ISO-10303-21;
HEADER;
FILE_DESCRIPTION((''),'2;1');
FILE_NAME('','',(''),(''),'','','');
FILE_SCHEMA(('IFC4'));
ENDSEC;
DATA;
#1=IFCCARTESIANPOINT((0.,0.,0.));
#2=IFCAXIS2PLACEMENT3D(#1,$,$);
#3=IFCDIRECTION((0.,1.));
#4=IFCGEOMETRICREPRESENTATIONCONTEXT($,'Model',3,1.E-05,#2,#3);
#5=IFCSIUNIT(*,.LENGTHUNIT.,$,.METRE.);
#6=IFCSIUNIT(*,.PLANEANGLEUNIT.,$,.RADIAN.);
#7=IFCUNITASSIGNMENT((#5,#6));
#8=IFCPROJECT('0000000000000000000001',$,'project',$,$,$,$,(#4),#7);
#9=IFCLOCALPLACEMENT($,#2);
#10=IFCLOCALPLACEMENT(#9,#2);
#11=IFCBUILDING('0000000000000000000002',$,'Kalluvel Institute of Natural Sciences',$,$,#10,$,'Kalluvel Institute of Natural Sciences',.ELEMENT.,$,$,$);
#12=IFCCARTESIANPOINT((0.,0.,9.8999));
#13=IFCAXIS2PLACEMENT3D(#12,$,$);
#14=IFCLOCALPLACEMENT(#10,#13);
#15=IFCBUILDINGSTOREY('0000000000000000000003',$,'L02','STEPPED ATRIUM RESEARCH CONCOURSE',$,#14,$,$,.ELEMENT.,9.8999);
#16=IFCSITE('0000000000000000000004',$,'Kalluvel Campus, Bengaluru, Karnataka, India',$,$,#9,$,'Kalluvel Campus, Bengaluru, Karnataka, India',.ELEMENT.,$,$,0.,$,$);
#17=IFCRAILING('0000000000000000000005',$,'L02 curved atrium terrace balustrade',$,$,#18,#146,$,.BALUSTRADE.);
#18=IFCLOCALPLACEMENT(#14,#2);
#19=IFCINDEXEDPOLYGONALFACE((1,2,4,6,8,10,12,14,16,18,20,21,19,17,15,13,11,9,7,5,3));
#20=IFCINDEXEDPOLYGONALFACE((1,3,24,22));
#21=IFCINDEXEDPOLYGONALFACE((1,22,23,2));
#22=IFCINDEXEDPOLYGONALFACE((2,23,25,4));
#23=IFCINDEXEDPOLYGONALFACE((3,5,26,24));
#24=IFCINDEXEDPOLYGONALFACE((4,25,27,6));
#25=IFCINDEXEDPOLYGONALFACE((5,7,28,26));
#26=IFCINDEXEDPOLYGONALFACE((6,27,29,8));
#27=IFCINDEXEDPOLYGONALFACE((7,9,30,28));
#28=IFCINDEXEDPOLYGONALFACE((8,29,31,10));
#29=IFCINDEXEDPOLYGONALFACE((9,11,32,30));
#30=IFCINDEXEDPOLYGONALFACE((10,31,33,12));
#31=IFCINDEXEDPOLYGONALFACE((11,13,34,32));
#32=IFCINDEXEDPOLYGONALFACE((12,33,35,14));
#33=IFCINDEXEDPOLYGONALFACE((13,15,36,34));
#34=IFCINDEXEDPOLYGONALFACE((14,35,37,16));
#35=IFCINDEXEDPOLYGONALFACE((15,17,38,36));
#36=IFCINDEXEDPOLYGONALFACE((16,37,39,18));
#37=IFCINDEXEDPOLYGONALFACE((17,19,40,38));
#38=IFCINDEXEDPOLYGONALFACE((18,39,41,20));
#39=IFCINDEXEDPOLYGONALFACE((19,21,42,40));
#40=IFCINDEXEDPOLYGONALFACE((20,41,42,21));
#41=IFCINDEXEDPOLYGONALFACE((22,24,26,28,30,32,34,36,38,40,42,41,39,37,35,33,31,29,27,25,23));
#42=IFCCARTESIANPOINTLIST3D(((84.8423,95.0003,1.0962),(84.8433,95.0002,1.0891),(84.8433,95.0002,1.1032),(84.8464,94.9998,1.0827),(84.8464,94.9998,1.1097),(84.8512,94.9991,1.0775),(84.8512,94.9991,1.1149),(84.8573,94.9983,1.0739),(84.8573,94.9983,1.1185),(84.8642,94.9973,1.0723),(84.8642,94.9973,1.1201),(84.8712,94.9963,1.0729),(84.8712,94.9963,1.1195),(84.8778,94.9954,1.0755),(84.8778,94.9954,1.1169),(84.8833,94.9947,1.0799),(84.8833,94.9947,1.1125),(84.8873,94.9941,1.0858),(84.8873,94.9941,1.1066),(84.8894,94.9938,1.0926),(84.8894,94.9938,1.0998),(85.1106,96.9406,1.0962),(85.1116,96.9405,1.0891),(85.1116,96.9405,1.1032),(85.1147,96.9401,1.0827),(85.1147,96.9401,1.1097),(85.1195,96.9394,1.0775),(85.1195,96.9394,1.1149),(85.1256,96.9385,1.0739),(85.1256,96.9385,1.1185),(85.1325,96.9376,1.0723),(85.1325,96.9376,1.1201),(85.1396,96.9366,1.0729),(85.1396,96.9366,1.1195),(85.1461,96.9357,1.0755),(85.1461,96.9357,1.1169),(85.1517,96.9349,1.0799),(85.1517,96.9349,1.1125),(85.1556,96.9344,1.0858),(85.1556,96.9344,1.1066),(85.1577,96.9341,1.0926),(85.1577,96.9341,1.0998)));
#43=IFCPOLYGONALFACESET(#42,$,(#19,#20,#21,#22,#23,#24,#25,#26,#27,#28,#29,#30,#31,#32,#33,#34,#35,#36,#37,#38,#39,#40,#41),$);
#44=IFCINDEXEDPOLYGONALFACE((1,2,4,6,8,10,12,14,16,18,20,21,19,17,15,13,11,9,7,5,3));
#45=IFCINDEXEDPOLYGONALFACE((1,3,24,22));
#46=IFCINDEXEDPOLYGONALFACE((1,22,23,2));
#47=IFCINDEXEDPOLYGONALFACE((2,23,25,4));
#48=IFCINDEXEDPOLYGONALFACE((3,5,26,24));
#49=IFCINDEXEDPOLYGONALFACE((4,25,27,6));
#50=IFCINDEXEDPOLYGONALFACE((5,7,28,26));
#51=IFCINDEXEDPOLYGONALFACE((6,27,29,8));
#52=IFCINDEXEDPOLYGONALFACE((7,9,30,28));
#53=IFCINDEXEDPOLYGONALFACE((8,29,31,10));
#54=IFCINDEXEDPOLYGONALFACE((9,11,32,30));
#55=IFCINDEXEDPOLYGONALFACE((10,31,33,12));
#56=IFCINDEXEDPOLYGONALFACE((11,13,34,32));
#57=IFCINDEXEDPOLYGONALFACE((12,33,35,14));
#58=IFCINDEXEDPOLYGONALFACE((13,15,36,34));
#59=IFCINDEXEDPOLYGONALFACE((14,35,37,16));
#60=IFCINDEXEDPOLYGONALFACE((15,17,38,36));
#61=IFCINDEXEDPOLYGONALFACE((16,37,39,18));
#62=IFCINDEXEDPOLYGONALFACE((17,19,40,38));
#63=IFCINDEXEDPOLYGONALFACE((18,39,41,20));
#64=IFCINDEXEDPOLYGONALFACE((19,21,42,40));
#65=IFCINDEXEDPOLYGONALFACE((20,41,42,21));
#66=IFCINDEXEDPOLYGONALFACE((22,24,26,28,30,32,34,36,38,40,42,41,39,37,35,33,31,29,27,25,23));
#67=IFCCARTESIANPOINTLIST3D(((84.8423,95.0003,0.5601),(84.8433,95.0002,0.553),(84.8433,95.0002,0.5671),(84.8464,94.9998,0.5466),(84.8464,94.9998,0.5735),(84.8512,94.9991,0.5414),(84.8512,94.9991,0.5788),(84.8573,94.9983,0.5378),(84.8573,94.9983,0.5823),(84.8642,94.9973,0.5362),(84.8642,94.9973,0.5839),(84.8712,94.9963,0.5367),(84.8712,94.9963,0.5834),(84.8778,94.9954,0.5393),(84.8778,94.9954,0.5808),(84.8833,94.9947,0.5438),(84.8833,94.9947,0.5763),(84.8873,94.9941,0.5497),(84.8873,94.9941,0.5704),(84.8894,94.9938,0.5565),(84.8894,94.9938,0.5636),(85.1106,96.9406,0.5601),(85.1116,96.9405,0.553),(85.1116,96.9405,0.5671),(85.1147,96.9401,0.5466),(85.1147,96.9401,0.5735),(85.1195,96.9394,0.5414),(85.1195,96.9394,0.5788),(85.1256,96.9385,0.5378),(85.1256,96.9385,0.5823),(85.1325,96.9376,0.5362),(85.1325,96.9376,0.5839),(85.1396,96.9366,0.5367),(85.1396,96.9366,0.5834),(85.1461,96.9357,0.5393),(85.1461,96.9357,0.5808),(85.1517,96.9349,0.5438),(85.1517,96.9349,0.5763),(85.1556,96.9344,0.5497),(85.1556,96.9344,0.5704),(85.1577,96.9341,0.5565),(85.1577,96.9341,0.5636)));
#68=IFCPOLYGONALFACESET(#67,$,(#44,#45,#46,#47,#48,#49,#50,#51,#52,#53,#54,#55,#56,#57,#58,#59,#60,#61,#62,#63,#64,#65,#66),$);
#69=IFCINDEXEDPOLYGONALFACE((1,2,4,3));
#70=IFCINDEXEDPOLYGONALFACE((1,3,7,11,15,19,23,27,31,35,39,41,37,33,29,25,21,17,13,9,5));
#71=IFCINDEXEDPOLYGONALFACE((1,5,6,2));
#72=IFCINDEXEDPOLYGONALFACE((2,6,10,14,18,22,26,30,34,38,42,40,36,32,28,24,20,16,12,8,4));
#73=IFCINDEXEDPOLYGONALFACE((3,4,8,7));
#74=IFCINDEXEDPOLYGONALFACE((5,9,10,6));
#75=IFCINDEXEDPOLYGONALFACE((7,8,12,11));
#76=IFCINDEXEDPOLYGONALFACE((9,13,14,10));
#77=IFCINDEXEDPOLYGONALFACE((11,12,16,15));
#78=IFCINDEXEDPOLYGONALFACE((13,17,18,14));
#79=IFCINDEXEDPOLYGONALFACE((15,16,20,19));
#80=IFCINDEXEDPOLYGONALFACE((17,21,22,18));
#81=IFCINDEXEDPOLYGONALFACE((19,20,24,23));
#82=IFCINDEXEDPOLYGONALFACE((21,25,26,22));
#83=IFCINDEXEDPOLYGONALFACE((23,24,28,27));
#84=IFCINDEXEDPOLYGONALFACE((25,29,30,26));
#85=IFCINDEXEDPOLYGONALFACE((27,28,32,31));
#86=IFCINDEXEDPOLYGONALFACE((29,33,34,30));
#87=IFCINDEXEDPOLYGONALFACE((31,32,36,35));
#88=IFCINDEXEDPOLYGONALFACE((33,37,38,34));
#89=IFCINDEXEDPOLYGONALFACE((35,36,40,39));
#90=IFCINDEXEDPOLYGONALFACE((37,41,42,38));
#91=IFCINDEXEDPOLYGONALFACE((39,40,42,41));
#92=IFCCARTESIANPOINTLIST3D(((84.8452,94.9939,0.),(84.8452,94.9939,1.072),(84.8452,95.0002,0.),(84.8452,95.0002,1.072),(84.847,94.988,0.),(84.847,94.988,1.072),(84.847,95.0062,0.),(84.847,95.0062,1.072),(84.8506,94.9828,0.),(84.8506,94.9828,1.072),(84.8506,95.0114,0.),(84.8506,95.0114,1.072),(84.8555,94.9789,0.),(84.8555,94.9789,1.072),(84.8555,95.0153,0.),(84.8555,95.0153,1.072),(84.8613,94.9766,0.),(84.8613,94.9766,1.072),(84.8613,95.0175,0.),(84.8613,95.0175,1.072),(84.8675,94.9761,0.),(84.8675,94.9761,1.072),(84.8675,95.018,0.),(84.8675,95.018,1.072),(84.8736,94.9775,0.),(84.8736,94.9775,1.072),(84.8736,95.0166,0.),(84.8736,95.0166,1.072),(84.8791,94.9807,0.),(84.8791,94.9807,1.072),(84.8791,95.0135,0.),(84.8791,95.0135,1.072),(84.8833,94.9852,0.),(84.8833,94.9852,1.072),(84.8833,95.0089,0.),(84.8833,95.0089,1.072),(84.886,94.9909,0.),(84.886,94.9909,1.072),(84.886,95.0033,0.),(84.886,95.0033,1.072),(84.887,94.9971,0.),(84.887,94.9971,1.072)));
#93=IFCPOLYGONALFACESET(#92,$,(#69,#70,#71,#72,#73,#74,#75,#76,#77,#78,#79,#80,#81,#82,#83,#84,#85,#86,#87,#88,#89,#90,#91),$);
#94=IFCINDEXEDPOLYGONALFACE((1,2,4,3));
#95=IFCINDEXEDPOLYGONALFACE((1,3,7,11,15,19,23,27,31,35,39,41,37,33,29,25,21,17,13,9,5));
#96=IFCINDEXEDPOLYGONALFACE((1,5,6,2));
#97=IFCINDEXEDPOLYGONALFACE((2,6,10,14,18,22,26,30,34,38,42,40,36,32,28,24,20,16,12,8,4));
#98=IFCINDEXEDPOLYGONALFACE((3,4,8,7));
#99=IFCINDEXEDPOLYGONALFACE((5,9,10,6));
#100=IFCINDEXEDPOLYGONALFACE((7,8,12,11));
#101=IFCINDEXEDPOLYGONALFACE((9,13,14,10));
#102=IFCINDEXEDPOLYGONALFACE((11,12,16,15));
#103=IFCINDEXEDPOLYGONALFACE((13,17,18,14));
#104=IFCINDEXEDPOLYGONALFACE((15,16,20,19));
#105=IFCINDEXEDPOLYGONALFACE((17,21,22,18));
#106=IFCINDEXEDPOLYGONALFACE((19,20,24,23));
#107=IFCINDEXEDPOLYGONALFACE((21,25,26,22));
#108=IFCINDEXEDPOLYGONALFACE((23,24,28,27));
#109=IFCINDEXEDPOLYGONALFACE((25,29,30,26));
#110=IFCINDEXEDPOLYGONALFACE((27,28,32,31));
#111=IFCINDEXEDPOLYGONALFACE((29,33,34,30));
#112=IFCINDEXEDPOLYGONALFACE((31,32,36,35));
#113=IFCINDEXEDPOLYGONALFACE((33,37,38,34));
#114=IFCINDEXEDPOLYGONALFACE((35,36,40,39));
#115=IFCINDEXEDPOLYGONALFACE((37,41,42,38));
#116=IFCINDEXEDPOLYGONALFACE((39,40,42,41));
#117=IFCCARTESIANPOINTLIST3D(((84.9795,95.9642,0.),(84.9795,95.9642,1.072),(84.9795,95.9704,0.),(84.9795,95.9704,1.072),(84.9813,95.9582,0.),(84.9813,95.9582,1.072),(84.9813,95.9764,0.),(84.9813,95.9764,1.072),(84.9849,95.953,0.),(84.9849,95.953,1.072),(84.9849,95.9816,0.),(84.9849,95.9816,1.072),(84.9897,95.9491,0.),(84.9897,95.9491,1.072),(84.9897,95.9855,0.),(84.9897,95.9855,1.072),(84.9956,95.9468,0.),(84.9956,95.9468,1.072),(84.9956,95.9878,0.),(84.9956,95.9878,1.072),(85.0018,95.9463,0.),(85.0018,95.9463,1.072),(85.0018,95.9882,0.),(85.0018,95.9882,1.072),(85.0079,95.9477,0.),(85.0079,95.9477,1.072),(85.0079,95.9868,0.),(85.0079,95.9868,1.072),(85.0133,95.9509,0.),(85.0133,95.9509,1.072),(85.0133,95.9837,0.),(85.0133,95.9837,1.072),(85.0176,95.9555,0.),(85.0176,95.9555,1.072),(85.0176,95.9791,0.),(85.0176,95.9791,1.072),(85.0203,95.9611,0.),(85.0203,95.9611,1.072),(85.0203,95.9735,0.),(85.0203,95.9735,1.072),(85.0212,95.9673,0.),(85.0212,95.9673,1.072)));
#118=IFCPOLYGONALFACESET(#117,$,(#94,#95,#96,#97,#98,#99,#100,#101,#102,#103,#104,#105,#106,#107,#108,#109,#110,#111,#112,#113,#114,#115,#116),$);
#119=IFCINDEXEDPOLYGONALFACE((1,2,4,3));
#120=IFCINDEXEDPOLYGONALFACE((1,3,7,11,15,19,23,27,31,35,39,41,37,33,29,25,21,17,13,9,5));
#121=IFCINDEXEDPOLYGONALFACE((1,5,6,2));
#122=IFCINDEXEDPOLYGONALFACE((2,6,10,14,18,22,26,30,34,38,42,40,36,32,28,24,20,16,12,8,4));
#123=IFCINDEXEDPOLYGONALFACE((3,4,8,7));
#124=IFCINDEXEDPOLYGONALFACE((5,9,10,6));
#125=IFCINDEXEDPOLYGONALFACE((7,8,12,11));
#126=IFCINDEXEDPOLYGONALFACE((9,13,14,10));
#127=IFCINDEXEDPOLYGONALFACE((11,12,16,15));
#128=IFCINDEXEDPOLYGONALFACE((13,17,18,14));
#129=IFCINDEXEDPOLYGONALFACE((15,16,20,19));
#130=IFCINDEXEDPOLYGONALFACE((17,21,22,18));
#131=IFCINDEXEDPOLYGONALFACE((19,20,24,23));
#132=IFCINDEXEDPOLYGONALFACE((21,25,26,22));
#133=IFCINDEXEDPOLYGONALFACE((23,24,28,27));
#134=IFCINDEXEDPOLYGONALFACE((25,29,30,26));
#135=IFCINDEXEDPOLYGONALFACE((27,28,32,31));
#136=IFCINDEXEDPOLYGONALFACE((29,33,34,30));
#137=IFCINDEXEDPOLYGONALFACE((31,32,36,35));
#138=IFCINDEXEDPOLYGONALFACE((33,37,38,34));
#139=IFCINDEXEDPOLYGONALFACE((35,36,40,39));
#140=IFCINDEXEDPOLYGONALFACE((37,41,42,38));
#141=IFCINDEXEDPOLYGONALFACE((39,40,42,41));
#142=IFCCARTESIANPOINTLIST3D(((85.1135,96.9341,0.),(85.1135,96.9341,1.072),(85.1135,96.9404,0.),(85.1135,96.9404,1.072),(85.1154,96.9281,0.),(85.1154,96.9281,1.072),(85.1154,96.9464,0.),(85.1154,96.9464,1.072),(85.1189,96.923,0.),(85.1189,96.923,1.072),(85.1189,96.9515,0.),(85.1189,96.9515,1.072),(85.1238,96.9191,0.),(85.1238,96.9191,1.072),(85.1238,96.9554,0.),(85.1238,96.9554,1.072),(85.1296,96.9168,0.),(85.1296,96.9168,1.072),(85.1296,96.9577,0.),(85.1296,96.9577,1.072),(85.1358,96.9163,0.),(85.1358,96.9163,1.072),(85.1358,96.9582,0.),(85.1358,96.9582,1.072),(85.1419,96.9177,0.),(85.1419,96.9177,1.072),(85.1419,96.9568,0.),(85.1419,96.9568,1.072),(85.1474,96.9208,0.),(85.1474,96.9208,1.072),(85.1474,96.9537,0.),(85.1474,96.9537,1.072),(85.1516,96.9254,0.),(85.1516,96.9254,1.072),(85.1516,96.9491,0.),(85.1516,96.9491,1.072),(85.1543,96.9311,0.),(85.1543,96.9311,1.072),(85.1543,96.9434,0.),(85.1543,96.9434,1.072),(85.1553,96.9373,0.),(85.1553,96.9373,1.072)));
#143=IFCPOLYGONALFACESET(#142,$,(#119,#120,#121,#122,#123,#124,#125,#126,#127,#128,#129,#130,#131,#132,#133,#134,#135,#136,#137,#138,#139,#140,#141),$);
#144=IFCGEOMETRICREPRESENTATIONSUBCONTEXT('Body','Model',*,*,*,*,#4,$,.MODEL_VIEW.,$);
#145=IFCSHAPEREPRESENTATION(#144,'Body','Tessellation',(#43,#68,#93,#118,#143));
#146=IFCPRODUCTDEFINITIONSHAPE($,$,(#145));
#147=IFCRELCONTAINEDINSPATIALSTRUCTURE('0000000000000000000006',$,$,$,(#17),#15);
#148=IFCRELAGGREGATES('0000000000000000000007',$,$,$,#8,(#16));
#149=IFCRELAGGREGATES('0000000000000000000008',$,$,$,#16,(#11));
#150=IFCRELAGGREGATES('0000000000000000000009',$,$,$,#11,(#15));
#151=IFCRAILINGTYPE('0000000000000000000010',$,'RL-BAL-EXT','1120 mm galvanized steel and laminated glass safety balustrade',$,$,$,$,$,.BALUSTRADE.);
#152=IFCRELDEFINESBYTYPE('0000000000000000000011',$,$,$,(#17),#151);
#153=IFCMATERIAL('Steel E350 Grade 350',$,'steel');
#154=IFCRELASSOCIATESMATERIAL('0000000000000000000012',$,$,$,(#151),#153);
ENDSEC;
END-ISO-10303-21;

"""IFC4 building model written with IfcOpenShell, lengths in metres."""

from ifc_helpers import new_model, si_unit, direction, frame, origin, origin_2d, place, context, subcontext, project, spatial, circle, extrude, material, type_object, element, save


model = new_model("IFC4")

# Units and contexts
model_context = context("Model", 3, precision=1e-05, world=origin(), true_north=direction((0.0, 1.0)))
body_context = subcontext(model_context, "Body", "Model", "MODEL_VIEW")
ifc_project = project(units=[si_unit("LENGTHUNIT", "METRE"), si_unit("PLANEANGLEUNIT", "RADIAN")], contexts=[model_context])

# Site, building, storey
site_placement = place(None, origin())
site = spatial("IfcSite", under=ifc_project, at=site_placement, Name="Kalluvel Campus, Bengaluru, Karnataka, India", LongName="Kalluvel Campus, Bengaluru, Karnataka, India", CompositionType="ELEMENT", RefElevation=0.0)
building_placement = place(site_placement, origin())
building = spatial("IfcBuilding", under=site, at=building_placement, Name="Kalluvel Institute of Natural Sciences", LongName="Kalluvel Institute of Natural Sciences", CompositionType="ELEMENT")
storey_placement = place(building_placement, frame((0.0, 0.0, 9.8999)))
storey = spatial("IfcBuildingStorey", under=building, at=storey_placement, Name="L02", Description="STEPPED ATRIUM RESEARCH CONCOURSE", CompositionType="ELEMENT", Elevation=9.8999)

# Railing
ifc_material_1 = material(Name="Steel E350 Grade 350", Category="steel")
railing_type = type_object("IfcRailingType", Name="RL-BAL-EXT", Description="1120 mm galvanized steel and laminated glass safety balustrade", PredefinedType="BALUSTRADE", material=ifc_material_1)
railing_1_placement = place(storey_placement, frame((84.866, 94.9971, 0.0)))
element("IfcRailing", 1, at=railing_1_placement, inside=storey, type_object=railing_type, Name="L02 curved atrium terrace balustrade", PredefinedType="BALUSTRADE", context=body_context, shape_type="SweptSolid", body=[
    extrude(circle(Radius=0.0239, at=origin_2d()), frame((0.0, 0.0, 1.0962), z_axis=(0.136987, 0.990573, 0.0), x_axis=(-0.990573, 0.136987, 0.0)), (0.0, 0.0, 1.0), 1.9587),
    extrude(circle(Radius=0.0239, at=origin_2d()), frame((0.0, 0.0, 0.5601), z_axis=(0.136987, 0.990573, 0.0), x_axis=(-0.990573, 0.136987, 0.0)), (0.0, 0.0, 1.0), 1.9587),
    extrude(circle(Radius=0.021, at=origin_2d()), origin(), (0.0, 0.0, 1.0), 1.072),
    extrude(circle(Radius=0.021, at=origin_2d()), frame((0.1343, 0.9702, 0.0)), (0.0, 0.0, 1.0), 1.072),
    extrude(circle(Radius=0.021, at=origin_2d()), frame((0.2683, 1.9402, 0.0)), (0.0, 0.0, 1.0), 1.072),
])

save(model, "model.ifc")
